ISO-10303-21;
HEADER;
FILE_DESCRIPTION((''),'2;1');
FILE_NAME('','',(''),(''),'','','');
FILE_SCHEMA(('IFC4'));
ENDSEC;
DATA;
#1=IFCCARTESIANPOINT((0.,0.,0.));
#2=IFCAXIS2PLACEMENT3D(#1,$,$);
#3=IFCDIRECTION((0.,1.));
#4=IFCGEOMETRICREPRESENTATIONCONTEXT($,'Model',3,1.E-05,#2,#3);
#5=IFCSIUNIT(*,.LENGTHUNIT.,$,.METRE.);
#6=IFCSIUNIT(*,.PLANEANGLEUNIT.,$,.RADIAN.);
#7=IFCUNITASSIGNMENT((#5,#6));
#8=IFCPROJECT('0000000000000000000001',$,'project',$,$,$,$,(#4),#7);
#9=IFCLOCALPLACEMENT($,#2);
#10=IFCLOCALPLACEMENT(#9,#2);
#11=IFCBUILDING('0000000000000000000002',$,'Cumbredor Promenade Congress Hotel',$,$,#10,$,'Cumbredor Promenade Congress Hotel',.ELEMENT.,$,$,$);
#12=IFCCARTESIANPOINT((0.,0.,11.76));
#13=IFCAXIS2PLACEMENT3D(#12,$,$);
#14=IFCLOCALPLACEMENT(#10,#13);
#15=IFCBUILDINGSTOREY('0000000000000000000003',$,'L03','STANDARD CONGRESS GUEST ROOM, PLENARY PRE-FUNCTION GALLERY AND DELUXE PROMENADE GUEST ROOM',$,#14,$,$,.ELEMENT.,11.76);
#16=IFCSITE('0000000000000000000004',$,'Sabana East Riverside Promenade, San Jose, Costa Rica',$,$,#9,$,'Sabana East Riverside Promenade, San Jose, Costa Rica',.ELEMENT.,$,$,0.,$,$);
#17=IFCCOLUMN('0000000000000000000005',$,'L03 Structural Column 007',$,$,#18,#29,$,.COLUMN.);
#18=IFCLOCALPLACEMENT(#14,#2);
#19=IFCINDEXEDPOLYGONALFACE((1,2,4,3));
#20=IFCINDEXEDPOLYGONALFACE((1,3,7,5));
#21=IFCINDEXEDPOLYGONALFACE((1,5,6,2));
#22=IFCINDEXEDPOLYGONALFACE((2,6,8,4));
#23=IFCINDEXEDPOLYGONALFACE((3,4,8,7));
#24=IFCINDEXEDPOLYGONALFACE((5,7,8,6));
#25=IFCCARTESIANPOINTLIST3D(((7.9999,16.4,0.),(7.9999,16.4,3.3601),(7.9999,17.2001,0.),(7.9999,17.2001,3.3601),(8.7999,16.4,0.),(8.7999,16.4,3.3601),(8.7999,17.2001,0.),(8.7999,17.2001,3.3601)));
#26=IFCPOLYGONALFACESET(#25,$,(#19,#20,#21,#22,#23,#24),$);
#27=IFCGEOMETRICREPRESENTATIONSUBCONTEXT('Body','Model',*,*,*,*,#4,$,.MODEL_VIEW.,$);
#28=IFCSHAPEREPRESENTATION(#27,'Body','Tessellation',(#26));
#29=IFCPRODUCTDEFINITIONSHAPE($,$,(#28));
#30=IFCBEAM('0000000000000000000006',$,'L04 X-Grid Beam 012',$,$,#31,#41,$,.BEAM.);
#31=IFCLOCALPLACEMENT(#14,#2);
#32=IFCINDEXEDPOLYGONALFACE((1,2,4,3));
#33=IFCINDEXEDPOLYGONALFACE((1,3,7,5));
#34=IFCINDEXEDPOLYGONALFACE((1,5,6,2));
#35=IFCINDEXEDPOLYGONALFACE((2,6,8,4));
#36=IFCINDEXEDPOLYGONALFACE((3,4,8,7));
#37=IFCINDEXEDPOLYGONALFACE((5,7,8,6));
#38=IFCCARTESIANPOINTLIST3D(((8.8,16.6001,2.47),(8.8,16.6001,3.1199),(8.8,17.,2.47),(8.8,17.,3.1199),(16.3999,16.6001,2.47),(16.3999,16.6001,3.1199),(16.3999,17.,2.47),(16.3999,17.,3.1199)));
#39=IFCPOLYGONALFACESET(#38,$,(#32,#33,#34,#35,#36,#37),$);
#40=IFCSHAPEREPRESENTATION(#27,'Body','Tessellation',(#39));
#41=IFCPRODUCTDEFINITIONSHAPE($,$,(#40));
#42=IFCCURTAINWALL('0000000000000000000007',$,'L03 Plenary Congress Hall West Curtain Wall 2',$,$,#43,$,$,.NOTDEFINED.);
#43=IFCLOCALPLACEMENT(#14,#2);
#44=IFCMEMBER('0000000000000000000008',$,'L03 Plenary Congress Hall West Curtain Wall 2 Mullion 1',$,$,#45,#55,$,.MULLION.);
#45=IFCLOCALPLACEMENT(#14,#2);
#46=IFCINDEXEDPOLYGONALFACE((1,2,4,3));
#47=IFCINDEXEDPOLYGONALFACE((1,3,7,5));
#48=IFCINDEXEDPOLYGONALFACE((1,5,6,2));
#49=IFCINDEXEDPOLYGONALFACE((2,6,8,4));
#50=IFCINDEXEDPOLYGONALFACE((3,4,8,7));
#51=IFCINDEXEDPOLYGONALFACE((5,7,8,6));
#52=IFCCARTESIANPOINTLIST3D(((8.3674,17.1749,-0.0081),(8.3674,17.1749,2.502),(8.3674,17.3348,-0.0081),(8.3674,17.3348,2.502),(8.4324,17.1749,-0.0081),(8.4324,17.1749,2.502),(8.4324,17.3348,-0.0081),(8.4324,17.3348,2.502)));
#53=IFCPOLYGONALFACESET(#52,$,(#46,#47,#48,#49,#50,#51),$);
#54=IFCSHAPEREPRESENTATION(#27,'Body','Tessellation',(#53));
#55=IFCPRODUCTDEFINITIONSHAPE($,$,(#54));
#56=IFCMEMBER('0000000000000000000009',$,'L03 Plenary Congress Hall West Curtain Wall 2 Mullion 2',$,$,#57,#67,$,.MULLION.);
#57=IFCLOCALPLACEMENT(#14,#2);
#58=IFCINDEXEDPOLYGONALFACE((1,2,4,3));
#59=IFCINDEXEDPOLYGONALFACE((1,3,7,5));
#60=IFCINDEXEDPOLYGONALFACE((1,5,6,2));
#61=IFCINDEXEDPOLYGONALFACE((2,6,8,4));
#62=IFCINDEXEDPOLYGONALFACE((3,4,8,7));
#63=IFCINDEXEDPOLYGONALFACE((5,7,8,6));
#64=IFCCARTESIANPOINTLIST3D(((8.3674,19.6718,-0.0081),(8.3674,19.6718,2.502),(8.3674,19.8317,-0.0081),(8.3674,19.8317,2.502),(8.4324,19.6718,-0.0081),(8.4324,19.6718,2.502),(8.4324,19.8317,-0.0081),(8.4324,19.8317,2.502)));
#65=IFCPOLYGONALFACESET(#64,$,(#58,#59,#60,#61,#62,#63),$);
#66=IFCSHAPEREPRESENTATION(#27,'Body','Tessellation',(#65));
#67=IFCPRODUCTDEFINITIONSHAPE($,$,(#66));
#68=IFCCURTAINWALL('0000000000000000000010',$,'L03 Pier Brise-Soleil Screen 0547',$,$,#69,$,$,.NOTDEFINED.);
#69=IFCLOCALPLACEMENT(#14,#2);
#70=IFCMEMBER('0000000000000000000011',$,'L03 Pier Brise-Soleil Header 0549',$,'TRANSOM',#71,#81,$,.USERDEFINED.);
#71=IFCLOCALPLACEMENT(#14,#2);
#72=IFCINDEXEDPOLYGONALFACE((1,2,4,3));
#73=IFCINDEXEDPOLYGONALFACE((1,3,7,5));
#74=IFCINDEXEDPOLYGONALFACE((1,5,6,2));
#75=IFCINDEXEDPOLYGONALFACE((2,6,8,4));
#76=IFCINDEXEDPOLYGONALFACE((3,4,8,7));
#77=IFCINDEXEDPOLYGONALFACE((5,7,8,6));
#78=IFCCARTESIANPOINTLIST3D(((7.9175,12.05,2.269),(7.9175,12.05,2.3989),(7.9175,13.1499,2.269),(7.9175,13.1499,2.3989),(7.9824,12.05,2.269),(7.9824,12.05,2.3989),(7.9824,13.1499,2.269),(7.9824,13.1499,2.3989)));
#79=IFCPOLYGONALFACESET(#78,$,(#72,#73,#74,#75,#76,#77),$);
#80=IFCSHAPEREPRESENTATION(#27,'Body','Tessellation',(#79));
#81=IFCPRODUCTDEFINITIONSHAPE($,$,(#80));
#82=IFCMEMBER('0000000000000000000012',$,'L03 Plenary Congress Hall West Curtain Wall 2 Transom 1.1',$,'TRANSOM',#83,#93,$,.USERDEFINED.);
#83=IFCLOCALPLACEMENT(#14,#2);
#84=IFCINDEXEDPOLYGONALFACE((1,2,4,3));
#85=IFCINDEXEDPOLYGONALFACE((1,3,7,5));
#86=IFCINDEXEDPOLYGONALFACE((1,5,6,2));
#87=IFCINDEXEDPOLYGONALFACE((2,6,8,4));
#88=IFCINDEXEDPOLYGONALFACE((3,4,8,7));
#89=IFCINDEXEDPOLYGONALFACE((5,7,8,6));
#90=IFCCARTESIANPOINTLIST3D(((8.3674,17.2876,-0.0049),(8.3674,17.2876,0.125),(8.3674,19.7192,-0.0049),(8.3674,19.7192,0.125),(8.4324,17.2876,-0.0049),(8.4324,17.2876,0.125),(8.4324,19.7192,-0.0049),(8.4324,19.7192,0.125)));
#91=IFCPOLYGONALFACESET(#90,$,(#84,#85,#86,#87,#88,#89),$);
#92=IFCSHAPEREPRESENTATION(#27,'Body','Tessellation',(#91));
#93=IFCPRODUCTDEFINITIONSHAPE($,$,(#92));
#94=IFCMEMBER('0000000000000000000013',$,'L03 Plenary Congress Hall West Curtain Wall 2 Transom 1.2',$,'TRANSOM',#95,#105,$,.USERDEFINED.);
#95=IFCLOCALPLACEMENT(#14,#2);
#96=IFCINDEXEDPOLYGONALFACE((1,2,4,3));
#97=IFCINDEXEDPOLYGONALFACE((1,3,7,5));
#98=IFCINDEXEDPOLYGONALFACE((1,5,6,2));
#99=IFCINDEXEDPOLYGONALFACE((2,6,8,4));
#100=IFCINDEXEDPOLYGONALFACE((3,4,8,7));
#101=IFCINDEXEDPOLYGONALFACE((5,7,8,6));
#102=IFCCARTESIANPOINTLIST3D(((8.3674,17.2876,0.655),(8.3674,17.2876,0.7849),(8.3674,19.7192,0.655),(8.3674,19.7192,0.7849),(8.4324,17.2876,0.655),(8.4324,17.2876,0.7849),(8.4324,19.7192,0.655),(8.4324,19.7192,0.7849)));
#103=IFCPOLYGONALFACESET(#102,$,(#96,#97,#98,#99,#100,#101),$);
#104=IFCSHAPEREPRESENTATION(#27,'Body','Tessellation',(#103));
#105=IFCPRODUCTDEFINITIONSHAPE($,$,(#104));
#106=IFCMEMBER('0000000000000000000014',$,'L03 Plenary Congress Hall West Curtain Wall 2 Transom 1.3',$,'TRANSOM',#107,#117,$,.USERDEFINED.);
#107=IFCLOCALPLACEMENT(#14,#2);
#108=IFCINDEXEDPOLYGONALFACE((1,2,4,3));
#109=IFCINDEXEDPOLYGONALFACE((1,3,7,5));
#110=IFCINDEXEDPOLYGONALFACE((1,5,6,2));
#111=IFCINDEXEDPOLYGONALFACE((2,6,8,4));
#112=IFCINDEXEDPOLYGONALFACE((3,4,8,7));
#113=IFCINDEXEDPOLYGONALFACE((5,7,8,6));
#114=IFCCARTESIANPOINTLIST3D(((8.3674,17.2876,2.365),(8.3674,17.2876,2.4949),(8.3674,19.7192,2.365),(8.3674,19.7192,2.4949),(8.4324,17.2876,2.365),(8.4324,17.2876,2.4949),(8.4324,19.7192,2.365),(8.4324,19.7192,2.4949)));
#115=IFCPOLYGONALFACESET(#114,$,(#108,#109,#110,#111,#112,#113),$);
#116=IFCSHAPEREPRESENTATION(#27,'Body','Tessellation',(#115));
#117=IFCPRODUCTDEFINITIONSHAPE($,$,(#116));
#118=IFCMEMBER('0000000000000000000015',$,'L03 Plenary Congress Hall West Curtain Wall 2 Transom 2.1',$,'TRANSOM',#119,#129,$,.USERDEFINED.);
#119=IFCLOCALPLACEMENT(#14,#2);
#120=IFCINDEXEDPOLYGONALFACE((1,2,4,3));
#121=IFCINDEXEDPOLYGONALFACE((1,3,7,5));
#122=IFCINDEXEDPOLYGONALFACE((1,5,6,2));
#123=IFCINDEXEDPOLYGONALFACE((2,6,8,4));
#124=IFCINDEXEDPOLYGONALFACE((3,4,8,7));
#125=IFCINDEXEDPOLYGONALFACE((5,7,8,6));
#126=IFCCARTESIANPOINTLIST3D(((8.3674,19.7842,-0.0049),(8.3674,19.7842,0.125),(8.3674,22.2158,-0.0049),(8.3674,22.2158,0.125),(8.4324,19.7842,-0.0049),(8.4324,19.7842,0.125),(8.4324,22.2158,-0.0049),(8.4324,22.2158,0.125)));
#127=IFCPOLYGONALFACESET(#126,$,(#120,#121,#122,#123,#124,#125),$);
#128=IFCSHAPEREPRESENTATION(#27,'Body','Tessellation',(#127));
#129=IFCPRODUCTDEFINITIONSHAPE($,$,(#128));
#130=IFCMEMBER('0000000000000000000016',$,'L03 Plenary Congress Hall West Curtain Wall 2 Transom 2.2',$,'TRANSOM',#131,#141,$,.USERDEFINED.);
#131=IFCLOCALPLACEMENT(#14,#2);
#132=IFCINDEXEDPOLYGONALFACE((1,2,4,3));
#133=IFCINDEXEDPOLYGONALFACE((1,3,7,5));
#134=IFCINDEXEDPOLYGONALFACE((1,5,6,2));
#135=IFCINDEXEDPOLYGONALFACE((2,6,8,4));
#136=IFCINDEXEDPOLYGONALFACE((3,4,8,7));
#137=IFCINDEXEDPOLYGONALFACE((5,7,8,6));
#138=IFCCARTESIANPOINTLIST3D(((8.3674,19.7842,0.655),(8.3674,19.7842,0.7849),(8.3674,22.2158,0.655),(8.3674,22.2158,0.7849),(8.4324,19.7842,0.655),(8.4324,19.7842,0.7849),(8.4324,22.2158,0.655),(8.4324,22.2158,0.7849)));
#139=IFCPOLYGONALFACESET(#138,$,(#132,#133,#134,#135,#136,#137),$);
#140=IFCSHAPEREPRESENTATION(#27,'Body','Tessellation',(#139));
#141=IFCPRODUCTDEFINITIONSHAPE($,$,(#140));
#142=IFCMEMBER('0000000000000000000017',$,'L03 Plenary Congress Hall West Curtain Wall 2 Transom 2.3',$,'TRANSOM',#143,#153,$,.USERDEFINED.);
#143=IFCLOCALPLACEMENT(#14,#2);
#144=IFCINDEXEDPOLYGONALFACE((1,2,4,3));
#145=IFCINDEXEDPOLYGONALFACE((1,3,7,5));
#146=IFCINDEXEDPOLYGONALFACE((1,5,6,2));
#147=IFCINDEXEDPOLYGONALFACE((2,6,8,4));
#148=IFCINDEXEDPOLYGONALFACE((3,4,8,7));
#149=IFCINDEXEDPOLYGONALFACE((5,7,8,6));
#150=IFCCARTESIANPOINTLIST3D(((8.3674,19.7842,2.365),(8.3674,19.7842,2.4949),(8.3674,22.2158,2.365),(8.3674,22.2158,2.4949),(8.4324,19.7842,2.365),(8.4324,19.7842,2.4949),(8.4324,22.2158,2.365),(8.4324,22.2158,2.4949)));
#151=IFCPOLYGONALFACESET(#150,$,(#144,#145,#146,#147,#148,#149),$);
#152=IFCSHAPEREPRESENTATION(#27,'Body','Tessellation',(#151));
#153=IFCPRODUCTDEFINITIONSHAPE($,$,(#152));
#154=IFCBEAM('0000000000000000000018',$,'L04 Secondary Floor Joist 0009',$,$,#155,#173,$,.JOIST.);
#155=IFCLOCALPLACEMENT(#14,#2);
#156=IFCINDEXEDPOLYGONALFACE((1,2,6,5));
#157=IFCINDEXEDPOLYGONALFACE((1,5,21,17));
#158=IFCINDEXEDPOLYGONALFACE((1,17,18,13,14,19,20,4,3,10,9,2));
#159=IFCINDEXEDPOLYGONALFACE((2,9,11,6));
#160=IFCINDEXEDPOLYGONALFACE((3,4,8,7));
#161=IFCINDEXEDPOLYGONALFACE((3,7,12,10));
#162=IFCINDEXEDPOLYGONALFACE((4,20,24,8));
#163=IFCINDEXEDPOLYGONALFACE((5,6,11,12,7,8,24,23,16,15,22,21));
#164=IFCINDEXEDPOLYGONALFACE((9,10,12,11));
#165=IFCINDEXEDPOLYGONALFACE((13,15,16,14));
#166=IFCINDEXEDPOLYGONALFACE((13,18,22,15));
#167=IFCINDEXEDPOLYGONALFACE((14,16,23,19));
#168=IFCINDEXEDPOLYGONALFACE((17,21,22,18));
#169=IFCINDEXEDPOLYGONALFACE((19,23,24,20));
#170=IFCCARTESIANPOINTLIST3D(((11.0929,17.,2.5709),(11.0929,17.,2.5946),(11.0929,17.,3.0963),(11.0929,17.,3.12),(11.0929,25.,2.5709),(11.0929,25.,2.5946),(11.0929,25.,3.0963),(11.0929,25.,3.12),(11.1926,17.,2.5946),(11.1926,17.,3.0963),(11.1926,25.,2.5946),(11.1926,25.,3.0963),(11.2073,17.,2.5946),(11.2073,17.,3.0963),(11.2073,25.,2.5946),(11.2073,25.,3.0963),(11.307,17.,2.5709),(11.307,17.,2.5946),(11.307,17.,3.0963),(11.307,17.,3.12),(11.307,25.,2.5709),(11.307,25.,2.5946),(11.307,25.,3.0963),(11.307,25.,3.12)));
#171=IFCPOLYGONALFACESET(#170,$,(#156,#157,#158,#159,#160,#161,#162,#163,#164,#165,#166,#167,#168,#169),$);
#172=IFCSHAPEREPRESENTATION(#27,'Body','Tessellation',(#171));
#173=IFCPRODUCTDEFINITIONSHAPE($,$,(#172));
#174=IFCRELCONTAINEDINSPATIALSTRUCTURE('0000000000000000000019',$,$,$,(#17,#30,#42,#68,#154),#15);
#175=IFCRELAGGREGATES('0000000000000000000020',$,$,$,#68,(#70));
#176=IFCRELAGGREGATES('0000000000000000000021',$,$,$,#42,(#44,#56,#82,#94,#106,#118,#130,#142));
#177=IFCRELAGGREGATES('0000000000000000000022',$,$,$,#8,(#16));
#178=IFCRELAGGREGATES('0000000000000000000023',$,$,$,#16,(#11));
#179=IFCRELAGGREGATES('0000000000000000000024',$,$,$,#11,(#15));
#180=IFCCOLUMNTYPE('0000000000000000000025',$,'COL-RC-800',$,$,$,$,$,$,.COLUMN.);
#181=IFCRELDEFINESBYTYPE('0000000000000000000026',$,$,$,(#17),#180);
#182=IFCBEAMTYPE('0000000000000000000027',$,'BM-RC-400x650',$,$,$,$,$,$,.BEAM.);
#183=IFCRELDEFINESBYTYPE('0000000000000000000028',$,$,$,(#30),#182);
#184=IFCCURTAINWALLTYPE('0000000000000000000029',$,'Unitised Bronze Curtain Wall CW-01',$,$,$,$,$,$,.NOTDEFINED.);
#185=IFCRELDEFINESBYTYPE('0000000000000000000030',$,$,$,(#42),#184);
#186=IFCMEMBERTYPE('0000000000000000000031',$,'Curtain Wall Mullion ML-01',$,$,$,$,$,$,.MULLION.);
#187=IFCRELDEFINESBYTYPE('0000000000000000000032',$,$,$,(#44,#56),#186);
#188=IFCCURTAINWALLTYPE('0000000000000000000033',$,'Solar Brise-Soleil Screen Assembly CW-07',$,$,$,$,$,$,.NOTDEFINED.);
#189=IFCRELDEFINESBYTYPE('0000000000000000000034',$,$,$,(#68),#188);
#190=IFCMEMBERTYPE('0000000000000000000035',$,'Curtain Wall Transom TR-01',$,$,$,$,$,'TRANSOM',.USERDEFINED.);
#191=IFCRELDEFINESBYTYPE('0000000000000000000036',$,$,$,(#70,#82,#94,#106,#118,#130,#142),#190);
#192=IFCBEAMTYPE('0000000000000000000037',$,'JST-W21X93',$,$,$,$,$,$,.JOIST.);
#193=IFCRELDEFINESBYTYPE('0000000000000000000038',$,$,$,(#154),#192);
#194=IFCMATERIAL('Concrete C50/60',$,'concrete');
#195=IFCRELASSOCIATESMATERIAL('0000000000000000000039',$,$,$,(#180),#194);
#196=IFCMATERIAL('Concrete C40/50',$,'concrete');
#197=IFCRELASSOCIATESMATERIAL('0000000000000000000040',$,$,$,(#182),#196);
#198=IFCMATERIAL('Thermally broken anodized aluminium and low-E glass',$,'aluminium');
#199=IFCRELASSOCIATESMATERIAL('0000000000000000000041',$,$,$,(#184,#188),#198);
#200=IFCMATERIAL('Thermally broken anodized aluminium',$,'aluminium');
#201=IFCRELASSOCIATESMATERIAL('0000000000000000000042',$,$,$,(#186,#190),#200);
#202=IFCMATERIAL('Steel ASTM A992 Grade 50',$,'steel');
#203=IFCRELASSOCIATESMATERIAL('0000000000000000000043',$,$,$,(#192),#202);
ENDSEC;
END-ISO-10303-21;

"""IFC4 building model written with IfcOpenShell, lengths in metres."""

from ifc_helpers import new_model, si_unit, direction, frame, origin, origin_2d, place, context, subcontext, project, spatial, rectangle, i_section, extrude, material, material_profile, profile_set, type_object, element, aggregate, save


model = new_model("IFC4")

# Units and contexts
model_context = context("Model", 3, precision=1e-05, world=origin(), true_north=direction((0.0, 1.0)))
body_context = subcontext(model_context, "Body", "Model", "MODEL_VIEW")
ifc_project = project(units=[si_unit("LENGTHUNIT", "METRE"), si_unit("PLANEANGLEUNIT", "RADIAN")], contexts=[model_context])

# Site, building, storey
site_placement = place(None, origin())
site = spatial("IfcSite", under=ifc_project, at=site_placement, Name="Sabana East Riverside Promenade, San Jose, Costa Rica", LongName="Sabana East Riverside Promenade, San Jose, Costa Rica", CompositionType="ELEMENT", RefElevation=0.0)
building_placement = place(site_placement, origin())
building = spatial("IfcBuilding", under=site, at=building_placement, Name="Cumbredor Promenade Congress Hotel", LongName="Cumbredor Promenade Congress Hotel", CompositionType="ELEMENT")
storey_placement = place(building_placement, frame((0.0, 0.0, 11.76)))
storey = spatial("IfcBuildingStorey", under=building, at=storey_placement, Name="L03", Description="STANDARD CONGRESS GUEST ROOM, PLENARY PRE-FUNCTION GALLERY AND DELUXE PROMENADE GUEST ROOM", CompositionType="ELEMENT", Elevation=11.76)

# Column
ifc_material_1 = material(Name="Concrete C50/60", Category="concrete")
ifc_material_profile_1 = material_profile(ifc_material_1, rectangle(XDim=0.8, YDim=0.8, at=origin_2d()), Name="RC 800x800")
ifc_profile_set_1 = profile_set([ifc_material_profile_1], Name="Concrete C50/60")
column_type = type_object("IfcColumnType", Name="COL-RC-800", PredefinedType="COLUMN", material=ifc_profile_set_1)
column_placement = place(storey_placement, frame((8.3999, 16.8, 0.0), z_axis=(0.0, 0.0, 1.0), x_axis=(1.0, 0.0, 0.0)))
element("IfcColumn", 1, at=column_placement, inside=storey, type_object=column_type, Name="L03 Structural Column 007", PredefinedType="COLUMN", context=body_context, shape_type="SweptSolid", body=[
    extrude(rectangle(XDim=0.8, YDim=0.8, at=origin_2d()), origin(), (0.0, 0.0, 1.0), 3.3601),
])

# Beam
ifc_material_2 = material(Name="Concrete C40/50", Category="concrete")
ifc_material_profile_2 = material_profile(ifc_material_2, rectangle(XDim=0.3999, YDim=0.6499, at=origin_2d()), Name="RC BEAM 400x650")
ifc_profile_set_2 = profile_set([ifc_material_profile_2], Name="Concrete C40/50")
beam_type_1 = type_object("IfcBeamType", Name="BM-RC-400x650", PredefinedType="BEAM", material=ifc_profile_set_2)
beam_1_placement = place(storey_placement, frame((8.8, 16.8, 2.7949), z_axis=(1.0, 0.0, 0.0), x_axis=(0.0, 1.0, 0.0)))
element("IfcBeam", 2, at=beam_1_placement, inside=storey, type_object=beam_type_1, Name="L04 X-Grid Beam 012", PredefinedType="BEAM", context=body_context, shape_type="SweptSolid", body=[
    extrude(rectangle(XDim=0.3999, YDim=0.6499, at=origin_2d()), origin(), (0.0, 0.0, 1.0), 7.5999),
])

# Curtain wall, members
ifc_material_3 = material(Name="Thermally broken anodized aluminium and low-E glass", Category="aluminium")
curtain_wall_type_1 = type_object("IfcCurtainWallType", Name="Unitised Bronze Curtain Wall CW-01", PredefinedType="NOTDEFINED", material=ifc_material_3)
curtain_wall_1_placement = place(storey_placement, origin())
curtain_wall_1 = element("IfcCurtainWall", 3, at=curtain_wall_1_placement, inside=storey, type_object=curtain_wall_type_1, Name="L03 Plenary Congress Hall West Curtain Wall 2", PredefinedType="NOTDEFINED")
ifc_material_4 = material(Name="Thermally broken anodized aluminium", Category="aluminium")
ifc_material_profile_3 = material_profile(ifc_material_4, rectangle(XDim=0.0649, YDim=0.1599, at=origin_2d()), Name="ALU MULLION 65x160")
ifc_profile_set_3 = profile_set([ifc_material_profile_3], Name="Thermally broken anodized aluminium")
member_type_1 = type_object("IfcMemberType", Name="Curtain Wall Mullion ML-01", PredefinedType="MULLION", material=ifc_profile_set_3)
member_1_placement = place(storey_placement, frame((8.3999, 17.2549, -0.0081), z_axis=(0.0, 0.0, 1.0), x_axis=(1.0, 0.0, 0.0)))
member_1 = element("IfcMember", 4, at=member_1_placement, type_object=member_type_1, Name="L03 Plenary Congress Hall West Curtain Wall 2 Mullion 1", PredefinedType="MULLION", context=body_context, shape_type="SweptSolid", body=[
    extrude(rectangle(XDim=0.0649, YDim=0.1599, at=origin_2d()), origin(), (0.0, 0.0, 1.0), 2.51),
])
member_2_placement = place(storey_placement, frame((8.3999, 19.7517, -0.0081), z_axis=(0.0, 0.0, 1.0), x_axis=(1.0, 0.0, 0.0)))
member_2 = element("IfcMember", 5, at=member_2_placement, type_object=member_type_1, Name="L03 Plenary Congress Hall West Curtain Wall 2 Mullion 2", PredefinedType="MULLION", context=body_context, shape_type="SweptSolid", body=[
    extrude(rectangle(XDim=0.0649, YDim=0.1599, at=origin_2d()), origin(), (0.0, 0.0, 1.0), 2.51),
])

# Curtain wall, member
curtain_wall_type_2 = type_object("IfcCurtainWallType", Name="Solar Brise-Soleil Screen Assembly CW-07", PredefinedType="NOTDEFINED", material=ifc_material_3)
curtain_wall_2_placement = place(storey_placement, origin())
curtain_wall_2 = element("IfcCurtainWall", 6, at=curtain_wall_2_placement, inside=storey, type_object=curtain_wall_type_2, Name="L03 Pier Brise-Soleil Screen 0547", PredefinedType="NOTDEFINED")
ifc_material_profile_4 = material_profile(ifc_material_4, rectangle(XDim=0.0649, YDim=0.1299, at=origin_2d()), Name="ALU TRANSOM 65x130")
ifc_profile_set_4 = profile_set([ifc_material_profile_4], Name="Thermally broken anodized aluminium")
member_type_2 = type_object("IfcMemberType", Name="Curtain Wall Transom TR-01", ElementType="TRANSOM", PredefinedType="USERDEFINED", material=ifc_profile_set_4)
member_3_placement = place(storey_placement, frame((7.95, 12.05, 2.334), z_axis=(0.0, 1.0, 0.0), x_axis=(-1.0, 0.0, 0.0)))
member_3 = element("IfcMember", 7, at=member_3_placement, type_object=member_type_2, Name="L03 Pier Brise-Soleil Header 0549", ObjectType="TRANSOM", PredefinedType="USERDEFINED", context=body_context, shape_type="SweptSolid", body=[
    extrude(rectangle(XDim=0.0649, YDim=0.1299, at=origin_2d()), origin(), (0.0, 0.0, 1.0), 1.0999),
])

# Members
member_4_placement = place(storey_placement, frame((8.3999, 17.2876, 0.0601), z_axis=(0.0, 1.0, 0.0), x_axis=(-1.0, 0.0, 0.0)))
member_4 = element("IfcMember", 8, at=member_4_placement, type_object=member_type_2, Name="L03 Plenary Congress Hall West Curtain Wall 2 Transom 1.1", ObjectType="TRANSOM", PredefinedType="USERDEFINED", context=body_context, shape_type="SweptSolid", body=[
    extrude(rectangle(XDim=0.0649, YDim=0.1299, at=origin_2d()), origin(), (0.0, 0.0, 1.0), 2.4316),
])
member_5_placement = place(storey_placement, frame((8.3999, 17.2876, 0.72), z_axis=(0.0, 1.0, 0.0), x_axis=(-1.0, 0.0, 0.0)))
member_5 = element("IfcMember", 9, at=member_5_placement, type_object=member_type_2, Name="L03 Plenary Congress Hall West Curtain Wall 2 Transom 1.2", ObjectType="TRANSOM", PredefinedType="USERDEFINED", context=body_context, shape_type="SweptSolid", body=[
    extrude(rectangle(XDim=0.0649, YDim=0.1299, at=origin_2d()), origin(), (0.0, 0.0, 1.0), 2.4316),
])
member_6_placement = place(storey_placement, frame((8.3999, 17.2876, 2.4299), z_axis=(0.0, 1.0, 0.0), x_axis=(-1.0, 0.0, 0.0)))
member_6 = element("IfcMember", 10, at=member_6_placement, type_object=member_type_2, Name="L03 Plenary Congress Hall West Curtain Wall 2 Transom 1.3", ObjectType="TRANSOM", PredefinedType="USERDEFINED", context=body_context, shape_type="SweptSolid", body=[
    extrude(rectangle(XDim=0.0649, YDim=0.1299, at=origin_2d()), origin(), (0.0, 0.0, 1.0), 2.4316),
])
member_7_placement = place(storey_placement, frame((8.3999, 19.7842, 0.0601), z_axis=(0.0, 1.0, 0.0), x_axis=(-1.0, 0.0, 0.0)))
member_7 = element("IfcMember", 11, at=member_7_placement, type_object=member_type_2, Name="L03 Plenary Congress Hall West Curtain Wall 2 Transom 2.1", ObjectType="TRANSOM", PredefinedType="USERDEFINED", context=body_context, shape_type="SweptSolid", body=[
    extrude(rectangle(XDim=0.0649, YDim=0.1299, at=origin_2d()), origin(), (0.0, 0.0, 1.0), 2.4316),
])
member_8_placement = place(storey_placement, frame((8.3999, 19.7842, 0.72), z_axis=(0.0, 1.0, 0.0), x_axis=(-1.0, 0.0, 0.0)))
member_8 = element("IfcMember", 12, at=member_8_placement, type_object=member_type_2, Name="L03 Plenary Congress Hall West Curtain Wall 2 Transom 2.2", ObjectType="TRANSOM", PredefinedType="USERDEFINED", context=body_context, shape_type="SweptSolid", body=[
    extrude(rectangle(XDim=0.0649, YDim=0.1299, at=origin_2d()), origin(), (0.0, 0.0, 1.0), 2.4316),
])
member_9_placement = place(storey_placement, frame((8.3999, 19.7842, 2.4299), z_axis=(0.0, 1.0, 0.0), x_axis=(-1.0, 0.0, 0.0)))
member_9 = element("IfcMember", 13, at=member_9_placement, type_object=member_type_2, Name="L03 Plenary Congress Hall West Curtain Wall 2 Transom 2.3", ObjectType="TRANSOM", PredefinedType="USERDEFINED", context=body_context, shape_type="SweptSolid", body=[
    extrude(rectangle(XDim=0.0649, YDim=0.1299, at=origin_2d()), origin(), (0.0, 0.0, 1.0), 2.4316),
])

# Beam
ifc_material_5 = material(Name="Steel ASTM A992 Grade 50", Category="steel")
ifc_material_profile_5 = material_profile(ifc_material_5, i_section(OverallWidth=0.2141, OverallDepth=0.5491, WebThickness=0.0146, FlangeThickness=0.0237, at=origin_2d()), Name="W21X93")
ifc_profile_set_5 = profile_set([ifc_material_profile_5], Name="Steel ASTM A992 Grade 50")
beam_type_2 = type_object("IfcBeamType", Name="JST-W21X93", PredefinedType="JOIST", material=ifc_profile_set_5)
beam_2_placement = place(storey_placement, frame((11.2, 17.0, 2.8455), z_axis=(0.0, 1.0, 0.0), x_axis=(-1.0, 0.0, 0.0)))
element("IfcBeam", 14, at=beam_2_placement, inside=storey, type_object=beam_type_2, Name="L04 Secondary Floor Joist 0009", PredefinedType="JOIST", context=body_context, shape_type="SweptSolid", body=[
    extrude(i_section(OverallWidth=0.2141, OverallDepth=0.5491, WebThickness=0.0146, FlangeThickness=0.0237, at=origin_2d()), origin(), (0.0, 0.0, 1.0), 8.0),
])

aggregate(curtain_wall_2, [member_3])

aggregate(curtain_wall_1, [member_1, member_2, member_4, member_5, member_6, member_7, member_8, member_9])

save(model, "model.ifc")
